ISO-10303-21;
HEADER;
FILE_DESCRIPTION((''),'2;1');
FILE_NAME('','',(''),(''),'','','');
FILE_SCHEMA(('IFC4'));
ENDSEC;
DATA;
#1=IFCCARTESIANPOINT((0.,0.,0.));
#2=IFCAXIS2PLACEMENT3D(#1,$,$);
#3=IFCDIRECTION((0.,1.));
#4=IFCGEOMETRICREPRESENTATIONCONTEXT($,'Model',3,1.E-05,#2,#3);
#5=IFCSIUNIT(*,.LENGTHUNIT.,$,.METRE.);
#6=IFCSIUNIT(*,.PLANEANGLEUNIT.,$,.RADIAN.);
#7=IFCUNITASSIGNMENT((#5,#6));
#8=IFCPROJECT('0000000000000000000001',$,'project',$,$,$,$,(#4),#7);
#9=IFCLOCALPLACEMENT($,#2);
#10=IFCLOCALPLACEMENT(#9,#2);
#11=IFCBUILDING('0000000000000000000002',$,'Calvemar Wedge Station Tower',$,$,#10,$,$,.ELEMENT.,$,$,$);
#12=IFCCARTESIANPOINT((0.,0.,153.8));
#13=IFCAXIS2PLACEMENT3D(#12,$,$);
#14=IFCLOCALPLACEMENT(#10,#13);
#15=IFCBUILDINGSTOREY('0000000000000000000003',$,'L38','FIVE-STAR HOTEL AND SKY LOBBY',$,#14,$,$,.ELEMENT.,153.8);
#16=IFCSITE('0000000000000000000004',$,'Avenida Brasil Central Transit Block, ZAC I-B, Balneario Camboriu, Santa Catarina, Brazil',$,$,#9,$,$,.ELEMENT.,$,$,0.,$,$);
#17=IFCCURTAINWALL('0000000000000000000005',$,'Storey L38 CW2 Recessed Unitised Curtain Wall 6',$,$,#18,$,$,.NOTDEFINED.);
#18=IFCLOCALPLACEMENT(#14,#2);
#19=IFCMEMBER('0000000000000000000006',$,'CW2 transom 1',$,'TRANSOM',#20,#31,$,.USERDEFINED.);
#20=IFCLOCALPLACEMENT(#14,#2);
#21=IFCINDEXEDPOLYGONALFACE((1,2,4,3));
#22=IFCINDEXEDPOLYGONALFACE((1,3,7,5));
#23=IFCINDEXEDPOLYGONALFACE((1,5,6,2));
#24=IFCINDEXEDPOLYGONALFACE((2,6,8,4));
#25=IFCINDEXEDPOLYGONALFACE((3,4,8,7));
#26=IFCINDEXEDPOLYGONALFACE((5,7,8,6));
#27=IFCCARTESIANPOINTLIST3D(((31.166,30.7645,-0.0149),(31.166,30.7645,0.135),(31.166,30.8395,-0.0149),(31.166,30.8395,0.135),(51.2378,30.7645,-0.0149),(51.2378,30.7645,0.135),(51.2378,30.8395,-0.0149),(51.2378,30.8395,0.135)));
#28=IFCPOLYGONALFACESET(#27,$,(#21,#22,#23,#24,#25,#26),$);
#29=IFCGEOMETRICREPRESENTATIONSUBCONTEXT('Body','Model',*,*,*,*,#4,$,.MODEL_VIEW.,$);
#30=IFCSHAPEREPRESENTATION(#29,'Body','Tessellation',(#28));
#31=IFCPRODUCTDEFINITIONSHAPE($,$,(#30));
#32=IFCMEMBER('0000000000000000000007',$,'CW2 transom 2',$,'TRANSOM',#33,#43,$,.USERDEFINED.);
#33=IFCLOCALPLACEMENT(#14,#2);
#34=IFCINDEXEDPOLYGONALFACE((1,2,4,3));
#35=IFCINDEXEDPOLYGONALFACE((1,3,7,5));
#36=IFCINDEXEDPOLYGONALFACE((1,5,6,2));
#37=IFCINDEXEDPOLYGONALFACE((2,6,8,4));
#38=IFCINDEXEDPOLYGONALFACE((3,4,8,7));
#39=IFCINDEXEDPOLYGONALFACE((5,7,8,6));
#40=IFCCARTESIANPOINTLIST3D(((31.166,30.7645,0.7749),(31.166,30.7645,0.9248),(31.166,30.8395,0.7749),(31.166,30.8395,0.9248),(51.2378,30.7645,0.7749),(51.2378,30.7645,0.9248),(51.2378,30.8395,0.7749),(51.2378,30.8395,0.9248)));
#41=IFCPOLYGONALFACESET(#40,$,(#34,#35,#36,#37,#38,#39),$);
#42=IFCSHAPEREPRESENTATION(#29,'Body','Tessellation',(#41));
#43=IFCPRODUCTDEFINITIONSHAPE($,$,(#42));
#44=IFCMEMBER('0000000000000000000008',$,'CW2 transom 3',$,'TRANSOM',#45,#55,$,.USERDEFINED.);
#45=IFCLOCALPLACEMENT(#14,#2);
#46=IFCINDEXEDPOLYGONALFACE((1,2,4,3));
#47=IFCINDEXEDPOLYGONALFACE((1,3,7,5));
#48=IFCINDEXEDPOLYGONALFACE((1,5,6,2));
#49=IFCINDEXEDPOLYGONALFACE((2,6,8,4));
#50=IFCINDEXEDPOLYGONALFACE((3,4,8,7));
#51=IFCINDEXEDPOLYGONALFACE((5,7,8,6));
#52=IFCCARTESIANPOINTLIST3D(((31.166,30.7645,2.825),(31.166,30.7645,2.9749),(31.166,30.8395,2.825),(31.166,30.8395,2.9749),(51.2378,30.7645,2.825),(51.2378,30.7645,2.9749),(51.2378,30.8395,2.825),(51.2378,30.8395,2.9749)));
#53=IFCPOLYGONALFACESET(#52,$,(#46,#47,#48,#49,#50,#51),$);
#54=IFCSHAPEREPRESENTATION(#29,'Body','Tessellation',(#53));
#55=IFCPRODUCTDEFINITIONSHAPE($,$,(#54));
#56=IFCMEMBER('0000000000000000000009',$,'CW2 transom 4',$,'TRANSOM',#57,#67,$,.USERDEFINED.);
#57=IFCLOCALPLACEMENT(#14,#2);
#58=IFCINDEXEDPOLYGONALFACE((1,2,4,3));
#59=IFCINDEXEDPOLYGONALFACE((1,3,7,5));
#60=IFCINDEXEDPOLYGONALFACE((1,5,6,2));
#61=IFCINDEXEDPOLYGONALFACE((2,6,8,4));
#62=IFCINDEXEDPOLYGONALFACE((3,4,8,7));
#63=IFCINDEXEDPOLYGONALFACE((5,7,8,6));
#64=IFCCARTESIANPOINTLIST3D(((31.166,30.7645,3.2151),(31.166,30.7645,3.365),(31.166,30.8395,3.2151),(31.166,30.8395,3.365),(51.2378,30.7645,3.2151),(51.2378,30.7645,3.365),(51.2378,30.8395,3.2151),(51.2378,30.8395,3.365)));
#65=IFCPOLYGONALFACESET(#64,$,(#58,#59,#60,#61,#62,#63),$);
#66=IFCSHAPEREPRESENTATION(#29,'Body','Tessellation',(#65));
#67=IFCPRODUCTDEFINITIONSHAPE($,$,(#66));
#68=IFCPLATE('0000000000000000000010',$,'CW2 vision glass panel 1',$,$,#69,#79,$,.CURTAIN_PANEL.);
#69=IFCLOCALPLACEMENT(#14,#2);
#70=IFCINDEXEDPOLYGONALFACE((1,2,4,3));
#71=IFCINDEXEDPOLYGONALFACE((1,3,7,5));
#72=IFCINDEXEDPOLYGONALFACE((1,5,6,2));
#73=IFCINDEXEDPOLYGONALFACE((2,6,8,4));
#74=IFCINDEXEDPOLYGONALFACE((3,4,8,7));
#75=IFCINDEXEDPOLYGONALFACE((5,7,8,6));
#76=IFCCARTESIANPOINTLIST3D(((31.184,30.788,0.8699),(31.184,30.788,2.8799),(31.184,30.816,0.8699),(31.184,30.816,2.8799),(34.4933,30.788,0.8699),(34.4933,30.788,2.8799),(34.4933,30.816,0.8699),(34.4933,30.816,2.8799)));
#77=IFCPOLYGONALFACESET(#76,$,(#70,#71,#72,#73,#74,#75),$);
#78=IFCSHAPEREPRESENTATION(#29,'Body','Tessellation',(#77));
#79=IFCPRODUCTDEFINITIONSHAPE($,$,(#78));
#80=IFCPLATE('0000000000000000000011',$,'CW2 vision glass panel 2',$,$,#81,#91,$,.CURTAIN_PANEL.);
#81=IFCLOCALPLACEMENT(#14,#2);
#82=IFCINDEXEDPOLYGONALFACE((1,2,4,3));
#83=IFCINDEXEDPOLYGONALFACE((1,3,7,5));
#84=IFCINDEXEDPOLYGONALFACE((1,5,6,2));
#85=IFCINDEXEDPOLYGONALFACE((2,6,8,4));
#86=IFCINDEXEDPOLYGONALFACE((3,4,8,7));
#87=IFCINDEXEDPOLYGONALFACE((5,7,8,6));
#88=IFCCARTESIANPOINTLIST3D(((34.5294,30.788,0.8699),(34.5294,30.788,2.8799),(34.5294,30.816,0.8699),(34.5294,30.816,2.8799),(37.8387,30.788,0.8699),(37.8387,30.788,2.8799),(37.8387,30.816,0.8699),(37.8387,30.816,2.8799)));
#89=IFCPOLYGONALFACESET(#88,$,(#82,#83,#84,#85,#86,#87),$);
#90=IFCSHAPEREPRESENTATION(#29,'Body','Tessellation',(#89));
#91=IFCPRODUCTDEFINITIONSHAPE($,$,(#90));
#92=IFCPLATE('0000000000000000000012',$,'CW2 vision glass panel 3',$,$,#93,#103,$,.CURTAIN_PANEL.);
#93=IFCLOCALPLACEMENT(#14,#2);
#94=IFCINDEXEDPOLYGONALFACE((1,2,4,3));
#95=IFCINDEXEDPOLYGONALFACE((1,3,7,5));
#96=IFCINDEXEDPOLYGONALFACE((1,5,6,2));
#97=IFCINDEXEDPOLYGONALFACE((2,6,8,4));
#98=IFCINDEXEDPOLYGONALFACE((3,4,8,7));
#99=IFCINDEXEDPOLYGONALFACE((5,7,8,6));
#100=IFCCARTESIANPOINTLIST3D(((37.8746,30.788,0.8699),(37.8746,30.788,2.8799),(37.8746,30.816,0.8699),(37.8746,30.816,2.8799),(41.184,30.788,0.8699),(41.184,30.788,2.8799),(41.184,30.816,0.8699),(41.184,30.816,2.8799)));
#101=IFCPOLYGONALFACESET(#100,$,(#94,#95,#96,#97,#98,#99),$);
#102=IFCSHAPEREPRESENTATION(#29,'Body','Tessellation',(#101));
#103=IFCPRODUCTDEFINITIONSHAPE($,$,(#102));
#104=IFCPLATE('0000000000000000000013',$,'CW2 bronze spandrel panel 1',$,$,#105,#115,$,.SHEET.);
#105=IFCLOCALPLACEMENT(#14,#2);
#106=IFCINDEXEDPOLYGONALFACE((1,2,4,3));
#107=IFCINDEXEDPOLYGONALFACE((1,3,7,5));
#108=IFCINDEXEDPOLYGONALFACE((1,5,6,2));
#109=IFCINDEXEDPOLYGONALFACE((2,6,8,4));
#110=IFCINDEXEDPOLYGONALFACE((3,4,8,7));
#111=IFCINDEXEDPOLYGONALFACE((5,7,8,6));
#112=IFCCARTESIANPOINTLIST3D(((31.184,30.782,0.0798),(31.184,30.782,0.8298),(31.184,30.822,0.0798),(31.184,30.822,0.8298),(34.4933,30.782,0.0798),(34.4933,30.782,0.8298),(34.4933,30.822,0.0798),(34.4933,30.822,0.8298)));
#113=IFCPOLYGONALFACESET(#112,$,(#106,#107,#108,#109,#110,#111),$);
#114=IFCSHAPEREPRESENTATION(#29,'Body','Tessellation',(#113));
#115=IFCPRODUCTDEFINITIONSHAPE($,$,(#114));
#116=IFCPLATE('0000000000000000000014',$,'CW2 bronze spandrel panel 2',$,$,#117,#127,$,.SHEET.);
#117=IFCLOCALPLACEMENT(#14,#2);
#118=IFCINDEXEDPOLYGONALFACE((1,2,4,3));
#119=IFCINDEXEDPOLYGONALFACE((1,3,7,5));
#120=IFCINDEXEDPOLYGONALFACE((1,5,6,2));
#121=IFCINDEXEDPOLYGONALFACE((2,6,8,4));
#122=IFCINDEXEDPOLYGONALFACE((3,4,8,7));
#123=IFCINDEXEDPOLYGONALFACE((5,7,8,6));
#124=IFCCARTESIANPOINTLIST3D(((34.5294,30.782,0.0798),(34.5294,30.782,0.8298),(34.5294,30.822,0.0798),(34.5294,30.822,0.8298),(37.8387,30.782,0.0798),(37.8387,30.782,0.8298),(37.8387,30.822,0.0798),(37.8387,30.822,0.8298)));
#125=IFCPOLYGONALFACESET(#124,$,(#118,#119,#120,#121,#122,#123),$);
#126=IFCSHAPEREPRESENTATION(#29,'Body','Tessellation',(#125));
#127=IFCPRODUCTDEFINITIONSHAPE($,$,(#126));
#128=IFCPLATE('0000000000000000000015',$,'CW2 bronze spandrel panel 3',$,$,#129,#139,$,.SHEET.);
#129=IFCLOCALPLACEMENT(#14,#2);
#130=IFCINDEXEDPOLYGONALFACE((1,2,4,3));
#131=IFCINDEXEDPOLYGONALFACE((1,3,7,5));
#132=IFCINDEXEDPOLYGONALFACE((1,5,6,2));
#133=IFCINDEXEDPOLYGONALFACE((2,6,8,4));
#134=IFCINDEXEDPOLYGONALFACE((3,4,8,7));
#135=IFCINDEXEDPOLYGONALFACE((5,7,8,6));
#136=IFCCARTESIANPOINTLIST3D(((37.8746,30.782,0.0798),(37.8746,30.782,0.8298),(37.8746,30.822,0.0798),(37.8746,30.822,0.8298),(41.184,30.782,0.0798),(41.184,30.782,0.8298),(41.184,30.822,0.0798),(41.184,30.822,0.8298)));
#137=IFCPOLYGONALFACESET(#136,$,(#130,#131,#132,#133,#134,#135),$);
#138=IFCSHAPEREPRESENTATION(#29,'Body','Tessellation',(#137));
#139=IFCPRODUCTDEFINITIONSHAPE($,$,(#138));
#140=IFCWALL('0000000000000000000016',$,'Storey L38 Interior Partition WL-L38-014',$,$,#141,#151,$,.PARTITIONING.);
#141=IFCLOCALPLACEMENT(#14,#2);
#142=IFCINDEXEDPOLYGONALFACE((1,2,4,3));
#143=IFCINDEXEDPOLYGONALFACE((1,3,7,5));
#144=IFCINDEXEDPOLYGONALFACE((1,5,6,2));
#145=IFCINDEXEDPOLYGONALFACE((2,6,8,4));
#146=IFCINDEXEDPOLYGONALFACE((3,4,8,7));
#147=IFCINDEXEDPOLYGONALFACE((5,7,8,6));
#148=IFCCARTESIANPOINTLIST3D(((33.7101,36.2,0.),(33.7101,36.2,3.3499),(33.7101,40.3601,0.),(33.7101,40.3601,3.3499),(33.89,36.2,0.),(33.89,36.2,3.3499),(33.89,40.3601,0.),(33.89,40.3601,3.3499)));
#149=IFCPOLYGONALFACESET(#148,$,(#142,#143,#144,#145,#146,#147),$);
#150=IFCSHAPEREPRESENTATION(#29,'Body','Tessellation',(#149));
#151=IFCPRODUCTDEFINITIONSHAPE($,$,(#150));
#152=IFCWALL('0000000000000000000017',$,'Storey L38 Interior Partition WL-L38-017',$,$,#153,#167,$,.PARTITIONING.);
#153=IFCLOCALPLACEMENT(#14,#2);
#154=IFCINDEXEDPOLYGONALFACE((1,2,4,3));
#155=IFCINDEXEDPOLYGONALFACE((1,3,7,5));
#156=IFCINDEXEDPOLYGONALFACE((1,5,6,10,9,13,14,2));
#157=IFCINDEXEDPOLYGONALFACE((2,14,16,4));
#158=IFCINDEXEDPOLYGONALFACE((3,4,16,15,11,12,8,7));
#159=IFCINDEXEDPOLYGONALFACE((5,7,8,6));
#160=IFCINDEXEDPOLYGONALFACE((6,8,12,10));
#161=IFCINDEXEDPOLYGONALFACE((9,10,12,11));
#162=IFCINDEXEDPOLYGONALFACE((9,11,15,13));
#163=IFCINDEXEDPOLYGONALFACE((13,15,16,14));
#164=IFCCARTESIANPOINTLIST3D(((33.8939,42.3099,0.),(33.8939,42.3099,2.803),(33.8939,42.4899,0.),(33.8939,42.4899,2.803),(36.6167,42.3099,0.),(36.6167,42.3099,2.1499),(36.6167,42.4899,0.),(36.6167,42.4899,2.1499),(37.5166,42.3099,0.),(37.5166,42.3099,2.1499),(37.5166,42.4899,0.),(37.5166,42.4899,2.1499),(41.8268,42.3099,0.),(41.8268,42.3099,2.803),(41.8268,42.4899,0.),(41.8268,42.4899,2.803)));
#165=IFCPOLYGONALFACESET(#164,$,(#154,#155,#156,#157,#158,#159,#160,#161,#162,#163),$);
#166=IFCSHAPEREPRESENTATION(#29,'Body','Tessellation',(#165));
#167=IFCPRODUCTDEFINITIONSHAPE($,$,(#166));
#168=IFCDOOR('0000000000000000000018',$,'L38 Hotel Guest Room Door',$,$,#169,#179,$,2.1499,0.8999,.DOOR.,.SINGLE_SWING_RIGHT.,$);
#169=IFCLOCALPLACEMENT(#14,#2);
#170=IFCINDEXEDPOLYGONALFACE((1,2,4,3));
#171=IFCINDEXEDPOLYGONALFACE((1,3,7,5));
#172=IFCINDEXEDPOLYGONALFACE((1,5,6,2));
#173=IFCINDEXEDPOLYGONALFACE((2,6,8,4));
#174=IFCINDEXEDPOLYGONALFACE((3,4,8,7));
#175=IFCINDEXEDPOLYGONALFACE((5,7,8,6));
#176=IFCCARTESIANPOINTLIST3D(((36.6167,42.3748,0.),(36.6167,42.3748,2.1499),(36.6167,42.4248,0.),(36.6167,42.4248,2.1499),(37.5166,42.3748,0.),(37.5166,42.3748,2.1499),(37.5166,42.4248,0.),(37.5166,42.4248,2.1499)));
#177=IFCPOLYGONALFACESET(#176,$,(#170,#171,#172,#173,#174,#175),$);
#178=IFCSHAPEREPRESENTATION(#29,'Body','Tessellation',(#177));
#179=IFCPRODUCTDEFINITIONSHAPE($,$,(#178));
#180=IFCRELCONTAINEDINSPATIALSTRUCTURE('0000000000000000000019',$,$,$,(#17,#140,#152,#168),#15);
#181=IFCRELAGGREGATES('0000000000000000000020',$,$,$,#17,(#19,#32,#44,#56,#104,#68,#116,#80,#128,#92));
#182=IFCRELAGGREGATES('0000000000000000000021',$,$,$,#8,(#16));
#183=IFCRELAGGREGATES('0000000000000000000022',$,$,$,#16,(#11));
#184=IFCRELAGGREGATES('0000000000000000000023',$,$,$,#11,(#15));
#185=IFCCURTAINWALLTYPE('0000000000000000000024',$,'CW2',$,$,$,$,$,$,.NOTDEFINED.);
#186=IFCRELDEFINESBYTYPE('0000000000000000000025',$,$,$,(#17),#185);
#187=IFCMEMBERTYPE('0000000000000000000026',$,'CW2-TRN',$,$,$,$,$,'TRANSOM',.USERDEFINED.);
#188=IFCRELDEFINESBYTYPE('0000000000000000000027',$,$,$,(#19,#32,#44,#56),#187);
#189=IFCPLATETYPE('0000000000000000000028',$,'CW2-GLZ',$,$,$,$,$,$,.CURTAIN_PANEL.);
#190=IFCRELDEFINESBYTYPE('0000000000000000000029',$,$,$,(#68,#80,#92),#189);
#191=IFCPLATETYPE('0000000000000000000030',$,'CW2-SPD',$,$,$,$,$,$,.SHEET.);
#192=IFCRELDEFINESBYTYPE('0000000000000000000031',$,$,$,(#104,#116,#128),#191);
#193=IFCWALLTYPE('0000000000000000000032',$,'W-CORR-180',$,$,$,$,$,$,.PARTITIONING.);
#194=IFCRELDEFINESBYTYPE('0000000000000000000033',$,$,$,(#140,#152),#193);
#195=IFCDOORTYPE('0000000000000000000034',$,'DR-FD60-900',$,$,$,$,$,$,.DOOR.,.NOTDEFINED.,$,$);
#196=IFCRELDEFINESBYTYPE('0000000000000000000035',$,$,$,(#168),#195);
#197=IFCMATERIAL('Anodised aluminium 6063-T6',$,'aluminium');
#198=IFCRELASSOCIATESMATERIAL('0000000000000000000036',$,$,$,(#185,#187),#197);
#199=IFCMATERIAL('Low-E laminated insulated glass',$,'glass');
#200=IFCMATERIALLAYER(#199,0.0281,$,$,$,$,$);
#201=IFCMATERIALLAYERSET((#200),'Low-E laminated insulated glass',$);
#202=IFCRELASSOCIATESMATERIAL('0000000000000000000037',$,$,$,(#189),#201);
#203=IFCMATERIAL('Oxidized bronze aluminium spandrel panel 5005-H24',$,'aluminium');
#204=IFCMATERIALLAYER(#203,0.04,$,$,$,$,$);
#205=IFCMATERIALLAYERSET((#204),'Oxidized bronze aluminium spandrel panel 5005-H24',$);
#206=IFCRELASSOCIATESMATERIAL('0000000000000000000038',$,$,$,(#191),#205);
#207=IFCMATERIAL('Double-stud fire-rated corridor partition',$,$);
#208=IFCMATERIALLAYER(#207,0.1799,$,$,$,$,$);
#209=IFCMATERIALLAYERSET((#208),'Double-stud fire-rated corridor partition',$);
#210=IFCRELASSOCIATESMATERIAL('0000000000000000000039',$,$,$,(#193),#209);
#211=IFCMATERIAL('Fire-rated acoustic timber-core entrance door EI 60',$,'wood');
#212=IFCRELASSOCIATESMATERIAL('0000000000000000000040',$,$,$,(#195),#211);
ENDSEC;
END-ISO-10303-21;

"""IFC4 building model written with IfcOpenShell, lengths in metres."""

from ifc_helpers import new_model, si_unit, direction, frame, frame_2d, origin, origin_2d, place, context, subcontext, project, spatial, rectangle, extrude, source, transform, mapped, material, layer, layer_set, material_profile, profile_set, type_object, element, fill, aggregate, save


model = new_model("IFC4")

# Units and contexts
model_context = context("Model", 3, precision=1e-05, world=origin(), true_north=direction((0.0, 1.0)))
body_context = subcontext(model_context, "Body", "Model", "MODEL_VIEW")
ifc_project = project(units=[si_unit("LENGTHUNIT", "METRE"), si_unit("PLANEANGLEUNIT", "RADIAN")], contexts=[model_context])

# Site, building, storey
site_placement = place(None, origin())
site = spatial("IfcSite", under=ifc_project, at=site_placement, Name="Avenida Brasil Central Transit Block, ZAC I-B, Balneario Camboriu, Santa Catarina, Brazil", CompositionType="ELEMENT", RefElevation=0.0)
building_placement = place(site_placement, origin())
building = spatial("IfcBuilding", under=site, at=building_placement, Name="Calvemar Wedge Station Tower", CompositionType="ELEMENT")
storey_placement = place(building_placement, frame((0.0, 0.0, 153.8)))
storey = spatial("IfcBuildingStorey", under=building, at=storey_placement, Name="L38", Description="FIVE-STAR HOTEL AND SKY LOBBY", CompositionType="ELEMENT", Elevation=153.8)

# Curtain wall, members, plates
ifc_material_1 = material(Name="Anodised aluminium 6063-T6", Category="aluminium")
curtain_wall_type = type_object("IfcCurtainWallType", Name="CW2", PredefinedType="NOTDEFINED", material=ifc_material_1)
curtain_wall_placement = place(storey_placement, origin())
curtain_wall = element("IfcCurtainWall", 1, at=curtain_wall_placement, inside=storey, type_object=curtain_wall_type, Name="Storey L38 CW2 Recessed Unitised Curtain Wall 6", PredefinedType="NOTDEFINED")
ifc_material_profile_1 = material_profile(ifc_material_1, rectangle(XDim=0.075, YDim=0.1499, at=origin_2d()), Name="AL-TRN-75x150")
ifc_profile_set_1 = profile_set([ifc_material_profile_1], Name="Anodised aluminium 6063-T6")
member_type_1 = type_object("IfcMemberType", Name="CW2-TRN", ElementType="TRANSOM", PredefinedType="USERDEFINED", material=ifc_profile_set_1)
shared_shape_1 = source(origin(), body_context, "Body", "SweptSolid", [
    extrude(rectangle(XDim=0.075, YDim=0.1499, at=origin_2d()), origin(), (0.0, 0.0, 1.0), 20.0718),
])
member_1_placement = place(storey_placement, frame((31.166, 30.802, 0.0601), z_axis=(1.0, 0.0, 0.0), x_axis=(0.0, 1.0, 0.0)))
member_1 = element("IfcMember", 2, at=member_1_placement, type_object=member_type_1, Name="CW2 transom 1", ObjectType="TRANSOM", PredefinedType="USERDEFINED", context=body_context, shape_type="MappedRepresentation", body=[
    mapped(shared_shape_1, transform((0.0, 0.0, 0.0), scale=1.0)),
])
member_2_placement = place(storey_placement, frame((31.166, 30.802, 0.8499), z_axis=(1.0, 0.0, 0.0), x_axis=(0.0, 1.0, 0.0)))
member_2 = element("IfcMember", 3, at=member_2_placement, type_object=member_type_1, Name="CW2 transom 2", ObjectType="TRANSOM", PredefinedType="USERDEFINED", context=body_context, shape_type="MappedRepresentation", body=[
    mapped(shared_shape_1, transform((0.0, 0.0, 0.0), scale=1.0)),
])
member_3_placement = place(storey_placement, frame((31.166, 30.802, 2.8999), z_axis=(1.0, 0.0, 0.0), x_axis=(0.0, 1.0, 0.0)))
member_3 = element("IfcMember", 4, at=member_3_placement, type_object=member_type_1, Name="CW2 transom 3", ObjectType="TRANSOM", PredefinedType="USERDEFINED", context=body_context, shape_type="MappedRepresentation", body=[
    mapped(shared_shape_1, transform((0.0, 0.0, 0.0), scale=1.0)),
])
member_4_placement = place(storey_placement, frame((31.166, 30.802, 3.29), z_axis=(1.0, 0.0, 0.0), x_axis=(0.0, 1.0, 0.0)))
member_4 = element("IfcMember", 5, at=member_4_placement, type_object=member_type_1, Name="CW2 transom 4", ObjectType="TRANSOM", PredefinedType="USERDEFINED", context=body_context, shape_type="MappedRepresentation", body=[
    mapped(shared_shape_1, transform((0.0, 0.0, 0.0), scale=1.0)),
])
ifc_material_2 = material(Name="Low-E laminated insulated glass", Category="glass")
ifc_layer_1 = layer(ifc_material_2, 0.0281)
ifc_layer_set_1 = layer_set([ifc_layer_1], Name="Low-E laminated insulated glass")
plate_type_1 = type_object("IfcPlateType", Name="CW2-GLZ", PredefinedType="CURTAIN_PANEL", material=ifc_layer_set_1)
plate_1_placement = place(storey_placement, frame((31.1838, 30.802, 0.8699), z_axis=(0.0, 0.0, 1.0), x_axis=(1.0, 0.0, 0.0)))
plate_1 = element("IfcPlate", 6, at=plate_1_placement, type_object=plate_type_1, Name="CW2 vision glass panel 1", PredefinedType="CURTAIN_PANEL", context=body_context, shape_type="SweptSolid", body=[
    extrude(rectangle(XDim=3.3093, YDim=0.0281, at=frame_2d((1.6548, 0.0))), origin(), (0.0, 0.0, 1.0), 2.01),
])
plate_2_placement = place(storey_placement, frame((34.5293, 30.802, 0.8699), z_axis=(0.0, 0.0, 1.0), x_axis=(1.0, 0.0, 0.0)))
plate_2 = element("IfcPlate", 7, at=plate_2_placement, type_object=plate_type_1, Name="CW2 vision glass panel 2", PredefinedType="CURTAIN_PANEL", context=body_context, shape_type="SweptSolid", body=[
    extrude(rectangle(XDim=3.3093, YDim=0.0281, at=frame_2d((1.6548, 0.0))), origin(), (0.0, 0.0, 1.0), 2.01),
])
plate_3_placement = place(storey_placement, frame((37.8745, 30.802, 0.8699), z_axis=(0.0, 0.0, 1.0), x_axis=(1.0, 0.0, 0.0)))
plate_3 = element("IfcPlate", 8, at=plate_3_placement, type_object=plate_type_1, Name="CW2 vision glass panel 3", PredefinedType="CURTAIN_PANEL", context=body_context, shape_type="SweptSolid", body=[
    extrude(rectangle(XDim=3.3093, YDim=0.0281, at=frame_2d((1.6548, 0.0))), origin(), (0.0, 0.0, 1.0), 2.01),
])
ifc_material_3 = material(Name="Oxidized bronze aluminium spandrel panel 5005-H24", Category="aluminium")
ifc_layer_2 = layer(ifc_material_3, 0.04)
ifc_layer_set_2 = layer_set([ifc_layer_2], Name="Oxidized bronze aluminium spandrel panel 5005-H24")
plate_type_2 = type_object("IfcPlateType", Name="CW2-SPD", PredefinedType="SHEET", material=ifc_layer_set_2)
plate_4_placement = place(storey_placement, frame((31.1838, 30.802, 0.0798), z_axis=(0.0, 0.0, 1.0), x_axis=(1.0, 0.0, 0.0)))
plate_4 = element("IfcPlate", 9, at=plate_4_placement, type_object=plate_type_2, Name="CW2 bronze spandrel panel 1", PredefinedType="SHEET", context=body_context, shape_type="SweptSolid", body=[
    extrude(rectangle(XDim=3.3093, YDim=0.04, at=frame_2d((1.6548, 0.0))), origin(), (0.0, 0.0, 1.0), 0.75),
])
plate_5_placement = place(storey_placement, frame((34.5293, 30.802, 0.0798), z_axis=(0.0, 0.0, 1.0), x_axis=(1.0, 0.0, 0.0)))
plate_5 = element("IfcPlate", 10, at=plate_5_placement, type_object=plate_type_2, Name="CW2 bronze spandrel panel 2", PredefinedType="SHEET", context=body_context, shape_type="SweptSolid", body=[
    extrude(rectangle(XDim=3.3093, YDim=0.04, at=frame_2d((1.6548, 0.0))), origin(), (0.0, 0.0, 1.0), 0.75),
])
plate_6_placement = place(storey_placement, frame((37.8745, 30.802, 0.0798), z_axis=(0.0, 0.0, 1.0), x_axis=(1.0, 0.0, 0.0)))
plate_6 = element("IfcPlate", 11, at=plate_6_placement, type_object=plate_type_2, Name="CW2 bronze spandrel panel 3", PredefinedType="SHEET", context=body_context, shape_type="SweptSolid", body=[
    extrude(rectangle(XDim=3.3093, YDim=0.04, at=frame_2d((1.6548, 0.0))), origin(), (0.0, 0.0, 1.0), 0.75),
])
aggregate(curtain_wall, [member_1, member_2, member_3, member_4, plate_4, plate_1, plate_5, plate_2, plate_6, plate_3])

# Wall
ifc_material_4 = material(Name="Double-stud fire-rated corridor partition")
ifc_layer_3 = layer(ifc_material_4, 0.1799)
ifc_layer_set_3 = layer_set([ifc_layer_3], Name="Double-stud fire-rated corridor partition")
wall_type_1 = type_object("IfcWallType", Name="W-CORR-180", PredefinedType="PARTITIONING", material=ifc_layer_set_3)
wall_1_placement = place(storey_placement, frame((33.8, 40.3601, 0.0), z_axis=(0.0, 0.0, 1.0), x_axis=(0.0, -1.0, 0.0)))
element("IfcWall", 12, at=wall_1_placement, inside=storey, type_object=wall_type_1, Name="Storey L38 Interior Partition WL-L38-014", PredefinedType="PARTITIONING", context=body_context, shape_type="SweptSolid", body=[
    extrude(rectangle(XDim=4.1602, YDim=0.1799, at=frame_2d((2.0801, 0.0))), origin(), (0.0, 0.0, 1.0), 3.3499),
])

# Wall, opening, door
wall_2_placement = place(storey_placement, frame((33.894, 42.3999, 0.0), z_axis=(0.0, 0.0, 1.0), x_axis=(1.0, 0.0, 0.0)))
wall_2 = element("IfcWall", 13, at=wall_2_placement, inside=storey, type_object=wall_type_1, Name="Storey L38 Interior Partition WL-L38-017", PredefinedType="PARTITIONING", context=body_context, shape_type="SweptSolid", body=[
    extrude(rectangle(XDim=7.9329, YDim=0.1799, at=frame_2d((3.9663, 0.0))), origin(), (0.0, 0.0, 1.0), 2.803),
])
shared_shape_2 = source(origin(), body_context, "Body", "SweptSolid", [
    extrude(rectangle(XDim=0.8999, YDim=2.1499, at=frame_2d((0.45, 1.075))), frame((0.0, 0.1001, 0.0), z_axis=(0.0, -1.0, 0.0), x_axis=(1.0, 0.0, 0.0)), (0.0, 0.0, 1.0), 0.2),
])
opening_1_placement = place(wall_2_placement, frame((2.7227, 0.0, 0.0)))
opening_1 = element("IfcOpeningElement", 14, at=opening_1_placement, cuts=wall_2, PredefinedType="OPENING", context=body_context, shape_type="MappedRepresentation", body=[
    mapped(shared_shape_2, transform((0.0, 0.0, 0.0), scale=1.0)),
])
ifc_material_5 = material(Name="Fire-rated acoustic timber-core entrance door EI 60", Category="wood")
door_type_1 = type_object("IfcDoorType", Name="DR-FD60-900", OperationType="NOTDEFINED", PredefinedType="DOOR", material=ifc_material_5)
shared_shape_3 = source(origin(), body_context, "Body", "SweptSolid", [
    extrude(rectangle(XDim=0.8999, YDim=2.1499, at=frame_2d((0.45, 1.075))), frame((0.0, 0.0249, 0.0), z_axis=(0.0, -1.0, 0.0), x_axis=(1.0, 0.0, 0.0)), (0.0, 0.0, 1.0), 0.05),
])
door_1_placement = place(opening_1_placement, origin())
door_1 = element("IfcDoor", 15, at=door_1_placement, inside=storey, type_object=door_type_1, Name="L38 Hotel Guest Room Door", OperationType="SINGLE_SWING_RIGHT", OverallHeight=2.1499, OverallWidth=0.8999, PredefinedType="DOOR", context=body_context, shape_type="MappedRepresentation", body=[
    mapped(shared_shape_3, transform((0.0, 0.0, 0.0), scale=1.0)),
])
fill(opening_1, door_1)

save(model, "model.ifc")
